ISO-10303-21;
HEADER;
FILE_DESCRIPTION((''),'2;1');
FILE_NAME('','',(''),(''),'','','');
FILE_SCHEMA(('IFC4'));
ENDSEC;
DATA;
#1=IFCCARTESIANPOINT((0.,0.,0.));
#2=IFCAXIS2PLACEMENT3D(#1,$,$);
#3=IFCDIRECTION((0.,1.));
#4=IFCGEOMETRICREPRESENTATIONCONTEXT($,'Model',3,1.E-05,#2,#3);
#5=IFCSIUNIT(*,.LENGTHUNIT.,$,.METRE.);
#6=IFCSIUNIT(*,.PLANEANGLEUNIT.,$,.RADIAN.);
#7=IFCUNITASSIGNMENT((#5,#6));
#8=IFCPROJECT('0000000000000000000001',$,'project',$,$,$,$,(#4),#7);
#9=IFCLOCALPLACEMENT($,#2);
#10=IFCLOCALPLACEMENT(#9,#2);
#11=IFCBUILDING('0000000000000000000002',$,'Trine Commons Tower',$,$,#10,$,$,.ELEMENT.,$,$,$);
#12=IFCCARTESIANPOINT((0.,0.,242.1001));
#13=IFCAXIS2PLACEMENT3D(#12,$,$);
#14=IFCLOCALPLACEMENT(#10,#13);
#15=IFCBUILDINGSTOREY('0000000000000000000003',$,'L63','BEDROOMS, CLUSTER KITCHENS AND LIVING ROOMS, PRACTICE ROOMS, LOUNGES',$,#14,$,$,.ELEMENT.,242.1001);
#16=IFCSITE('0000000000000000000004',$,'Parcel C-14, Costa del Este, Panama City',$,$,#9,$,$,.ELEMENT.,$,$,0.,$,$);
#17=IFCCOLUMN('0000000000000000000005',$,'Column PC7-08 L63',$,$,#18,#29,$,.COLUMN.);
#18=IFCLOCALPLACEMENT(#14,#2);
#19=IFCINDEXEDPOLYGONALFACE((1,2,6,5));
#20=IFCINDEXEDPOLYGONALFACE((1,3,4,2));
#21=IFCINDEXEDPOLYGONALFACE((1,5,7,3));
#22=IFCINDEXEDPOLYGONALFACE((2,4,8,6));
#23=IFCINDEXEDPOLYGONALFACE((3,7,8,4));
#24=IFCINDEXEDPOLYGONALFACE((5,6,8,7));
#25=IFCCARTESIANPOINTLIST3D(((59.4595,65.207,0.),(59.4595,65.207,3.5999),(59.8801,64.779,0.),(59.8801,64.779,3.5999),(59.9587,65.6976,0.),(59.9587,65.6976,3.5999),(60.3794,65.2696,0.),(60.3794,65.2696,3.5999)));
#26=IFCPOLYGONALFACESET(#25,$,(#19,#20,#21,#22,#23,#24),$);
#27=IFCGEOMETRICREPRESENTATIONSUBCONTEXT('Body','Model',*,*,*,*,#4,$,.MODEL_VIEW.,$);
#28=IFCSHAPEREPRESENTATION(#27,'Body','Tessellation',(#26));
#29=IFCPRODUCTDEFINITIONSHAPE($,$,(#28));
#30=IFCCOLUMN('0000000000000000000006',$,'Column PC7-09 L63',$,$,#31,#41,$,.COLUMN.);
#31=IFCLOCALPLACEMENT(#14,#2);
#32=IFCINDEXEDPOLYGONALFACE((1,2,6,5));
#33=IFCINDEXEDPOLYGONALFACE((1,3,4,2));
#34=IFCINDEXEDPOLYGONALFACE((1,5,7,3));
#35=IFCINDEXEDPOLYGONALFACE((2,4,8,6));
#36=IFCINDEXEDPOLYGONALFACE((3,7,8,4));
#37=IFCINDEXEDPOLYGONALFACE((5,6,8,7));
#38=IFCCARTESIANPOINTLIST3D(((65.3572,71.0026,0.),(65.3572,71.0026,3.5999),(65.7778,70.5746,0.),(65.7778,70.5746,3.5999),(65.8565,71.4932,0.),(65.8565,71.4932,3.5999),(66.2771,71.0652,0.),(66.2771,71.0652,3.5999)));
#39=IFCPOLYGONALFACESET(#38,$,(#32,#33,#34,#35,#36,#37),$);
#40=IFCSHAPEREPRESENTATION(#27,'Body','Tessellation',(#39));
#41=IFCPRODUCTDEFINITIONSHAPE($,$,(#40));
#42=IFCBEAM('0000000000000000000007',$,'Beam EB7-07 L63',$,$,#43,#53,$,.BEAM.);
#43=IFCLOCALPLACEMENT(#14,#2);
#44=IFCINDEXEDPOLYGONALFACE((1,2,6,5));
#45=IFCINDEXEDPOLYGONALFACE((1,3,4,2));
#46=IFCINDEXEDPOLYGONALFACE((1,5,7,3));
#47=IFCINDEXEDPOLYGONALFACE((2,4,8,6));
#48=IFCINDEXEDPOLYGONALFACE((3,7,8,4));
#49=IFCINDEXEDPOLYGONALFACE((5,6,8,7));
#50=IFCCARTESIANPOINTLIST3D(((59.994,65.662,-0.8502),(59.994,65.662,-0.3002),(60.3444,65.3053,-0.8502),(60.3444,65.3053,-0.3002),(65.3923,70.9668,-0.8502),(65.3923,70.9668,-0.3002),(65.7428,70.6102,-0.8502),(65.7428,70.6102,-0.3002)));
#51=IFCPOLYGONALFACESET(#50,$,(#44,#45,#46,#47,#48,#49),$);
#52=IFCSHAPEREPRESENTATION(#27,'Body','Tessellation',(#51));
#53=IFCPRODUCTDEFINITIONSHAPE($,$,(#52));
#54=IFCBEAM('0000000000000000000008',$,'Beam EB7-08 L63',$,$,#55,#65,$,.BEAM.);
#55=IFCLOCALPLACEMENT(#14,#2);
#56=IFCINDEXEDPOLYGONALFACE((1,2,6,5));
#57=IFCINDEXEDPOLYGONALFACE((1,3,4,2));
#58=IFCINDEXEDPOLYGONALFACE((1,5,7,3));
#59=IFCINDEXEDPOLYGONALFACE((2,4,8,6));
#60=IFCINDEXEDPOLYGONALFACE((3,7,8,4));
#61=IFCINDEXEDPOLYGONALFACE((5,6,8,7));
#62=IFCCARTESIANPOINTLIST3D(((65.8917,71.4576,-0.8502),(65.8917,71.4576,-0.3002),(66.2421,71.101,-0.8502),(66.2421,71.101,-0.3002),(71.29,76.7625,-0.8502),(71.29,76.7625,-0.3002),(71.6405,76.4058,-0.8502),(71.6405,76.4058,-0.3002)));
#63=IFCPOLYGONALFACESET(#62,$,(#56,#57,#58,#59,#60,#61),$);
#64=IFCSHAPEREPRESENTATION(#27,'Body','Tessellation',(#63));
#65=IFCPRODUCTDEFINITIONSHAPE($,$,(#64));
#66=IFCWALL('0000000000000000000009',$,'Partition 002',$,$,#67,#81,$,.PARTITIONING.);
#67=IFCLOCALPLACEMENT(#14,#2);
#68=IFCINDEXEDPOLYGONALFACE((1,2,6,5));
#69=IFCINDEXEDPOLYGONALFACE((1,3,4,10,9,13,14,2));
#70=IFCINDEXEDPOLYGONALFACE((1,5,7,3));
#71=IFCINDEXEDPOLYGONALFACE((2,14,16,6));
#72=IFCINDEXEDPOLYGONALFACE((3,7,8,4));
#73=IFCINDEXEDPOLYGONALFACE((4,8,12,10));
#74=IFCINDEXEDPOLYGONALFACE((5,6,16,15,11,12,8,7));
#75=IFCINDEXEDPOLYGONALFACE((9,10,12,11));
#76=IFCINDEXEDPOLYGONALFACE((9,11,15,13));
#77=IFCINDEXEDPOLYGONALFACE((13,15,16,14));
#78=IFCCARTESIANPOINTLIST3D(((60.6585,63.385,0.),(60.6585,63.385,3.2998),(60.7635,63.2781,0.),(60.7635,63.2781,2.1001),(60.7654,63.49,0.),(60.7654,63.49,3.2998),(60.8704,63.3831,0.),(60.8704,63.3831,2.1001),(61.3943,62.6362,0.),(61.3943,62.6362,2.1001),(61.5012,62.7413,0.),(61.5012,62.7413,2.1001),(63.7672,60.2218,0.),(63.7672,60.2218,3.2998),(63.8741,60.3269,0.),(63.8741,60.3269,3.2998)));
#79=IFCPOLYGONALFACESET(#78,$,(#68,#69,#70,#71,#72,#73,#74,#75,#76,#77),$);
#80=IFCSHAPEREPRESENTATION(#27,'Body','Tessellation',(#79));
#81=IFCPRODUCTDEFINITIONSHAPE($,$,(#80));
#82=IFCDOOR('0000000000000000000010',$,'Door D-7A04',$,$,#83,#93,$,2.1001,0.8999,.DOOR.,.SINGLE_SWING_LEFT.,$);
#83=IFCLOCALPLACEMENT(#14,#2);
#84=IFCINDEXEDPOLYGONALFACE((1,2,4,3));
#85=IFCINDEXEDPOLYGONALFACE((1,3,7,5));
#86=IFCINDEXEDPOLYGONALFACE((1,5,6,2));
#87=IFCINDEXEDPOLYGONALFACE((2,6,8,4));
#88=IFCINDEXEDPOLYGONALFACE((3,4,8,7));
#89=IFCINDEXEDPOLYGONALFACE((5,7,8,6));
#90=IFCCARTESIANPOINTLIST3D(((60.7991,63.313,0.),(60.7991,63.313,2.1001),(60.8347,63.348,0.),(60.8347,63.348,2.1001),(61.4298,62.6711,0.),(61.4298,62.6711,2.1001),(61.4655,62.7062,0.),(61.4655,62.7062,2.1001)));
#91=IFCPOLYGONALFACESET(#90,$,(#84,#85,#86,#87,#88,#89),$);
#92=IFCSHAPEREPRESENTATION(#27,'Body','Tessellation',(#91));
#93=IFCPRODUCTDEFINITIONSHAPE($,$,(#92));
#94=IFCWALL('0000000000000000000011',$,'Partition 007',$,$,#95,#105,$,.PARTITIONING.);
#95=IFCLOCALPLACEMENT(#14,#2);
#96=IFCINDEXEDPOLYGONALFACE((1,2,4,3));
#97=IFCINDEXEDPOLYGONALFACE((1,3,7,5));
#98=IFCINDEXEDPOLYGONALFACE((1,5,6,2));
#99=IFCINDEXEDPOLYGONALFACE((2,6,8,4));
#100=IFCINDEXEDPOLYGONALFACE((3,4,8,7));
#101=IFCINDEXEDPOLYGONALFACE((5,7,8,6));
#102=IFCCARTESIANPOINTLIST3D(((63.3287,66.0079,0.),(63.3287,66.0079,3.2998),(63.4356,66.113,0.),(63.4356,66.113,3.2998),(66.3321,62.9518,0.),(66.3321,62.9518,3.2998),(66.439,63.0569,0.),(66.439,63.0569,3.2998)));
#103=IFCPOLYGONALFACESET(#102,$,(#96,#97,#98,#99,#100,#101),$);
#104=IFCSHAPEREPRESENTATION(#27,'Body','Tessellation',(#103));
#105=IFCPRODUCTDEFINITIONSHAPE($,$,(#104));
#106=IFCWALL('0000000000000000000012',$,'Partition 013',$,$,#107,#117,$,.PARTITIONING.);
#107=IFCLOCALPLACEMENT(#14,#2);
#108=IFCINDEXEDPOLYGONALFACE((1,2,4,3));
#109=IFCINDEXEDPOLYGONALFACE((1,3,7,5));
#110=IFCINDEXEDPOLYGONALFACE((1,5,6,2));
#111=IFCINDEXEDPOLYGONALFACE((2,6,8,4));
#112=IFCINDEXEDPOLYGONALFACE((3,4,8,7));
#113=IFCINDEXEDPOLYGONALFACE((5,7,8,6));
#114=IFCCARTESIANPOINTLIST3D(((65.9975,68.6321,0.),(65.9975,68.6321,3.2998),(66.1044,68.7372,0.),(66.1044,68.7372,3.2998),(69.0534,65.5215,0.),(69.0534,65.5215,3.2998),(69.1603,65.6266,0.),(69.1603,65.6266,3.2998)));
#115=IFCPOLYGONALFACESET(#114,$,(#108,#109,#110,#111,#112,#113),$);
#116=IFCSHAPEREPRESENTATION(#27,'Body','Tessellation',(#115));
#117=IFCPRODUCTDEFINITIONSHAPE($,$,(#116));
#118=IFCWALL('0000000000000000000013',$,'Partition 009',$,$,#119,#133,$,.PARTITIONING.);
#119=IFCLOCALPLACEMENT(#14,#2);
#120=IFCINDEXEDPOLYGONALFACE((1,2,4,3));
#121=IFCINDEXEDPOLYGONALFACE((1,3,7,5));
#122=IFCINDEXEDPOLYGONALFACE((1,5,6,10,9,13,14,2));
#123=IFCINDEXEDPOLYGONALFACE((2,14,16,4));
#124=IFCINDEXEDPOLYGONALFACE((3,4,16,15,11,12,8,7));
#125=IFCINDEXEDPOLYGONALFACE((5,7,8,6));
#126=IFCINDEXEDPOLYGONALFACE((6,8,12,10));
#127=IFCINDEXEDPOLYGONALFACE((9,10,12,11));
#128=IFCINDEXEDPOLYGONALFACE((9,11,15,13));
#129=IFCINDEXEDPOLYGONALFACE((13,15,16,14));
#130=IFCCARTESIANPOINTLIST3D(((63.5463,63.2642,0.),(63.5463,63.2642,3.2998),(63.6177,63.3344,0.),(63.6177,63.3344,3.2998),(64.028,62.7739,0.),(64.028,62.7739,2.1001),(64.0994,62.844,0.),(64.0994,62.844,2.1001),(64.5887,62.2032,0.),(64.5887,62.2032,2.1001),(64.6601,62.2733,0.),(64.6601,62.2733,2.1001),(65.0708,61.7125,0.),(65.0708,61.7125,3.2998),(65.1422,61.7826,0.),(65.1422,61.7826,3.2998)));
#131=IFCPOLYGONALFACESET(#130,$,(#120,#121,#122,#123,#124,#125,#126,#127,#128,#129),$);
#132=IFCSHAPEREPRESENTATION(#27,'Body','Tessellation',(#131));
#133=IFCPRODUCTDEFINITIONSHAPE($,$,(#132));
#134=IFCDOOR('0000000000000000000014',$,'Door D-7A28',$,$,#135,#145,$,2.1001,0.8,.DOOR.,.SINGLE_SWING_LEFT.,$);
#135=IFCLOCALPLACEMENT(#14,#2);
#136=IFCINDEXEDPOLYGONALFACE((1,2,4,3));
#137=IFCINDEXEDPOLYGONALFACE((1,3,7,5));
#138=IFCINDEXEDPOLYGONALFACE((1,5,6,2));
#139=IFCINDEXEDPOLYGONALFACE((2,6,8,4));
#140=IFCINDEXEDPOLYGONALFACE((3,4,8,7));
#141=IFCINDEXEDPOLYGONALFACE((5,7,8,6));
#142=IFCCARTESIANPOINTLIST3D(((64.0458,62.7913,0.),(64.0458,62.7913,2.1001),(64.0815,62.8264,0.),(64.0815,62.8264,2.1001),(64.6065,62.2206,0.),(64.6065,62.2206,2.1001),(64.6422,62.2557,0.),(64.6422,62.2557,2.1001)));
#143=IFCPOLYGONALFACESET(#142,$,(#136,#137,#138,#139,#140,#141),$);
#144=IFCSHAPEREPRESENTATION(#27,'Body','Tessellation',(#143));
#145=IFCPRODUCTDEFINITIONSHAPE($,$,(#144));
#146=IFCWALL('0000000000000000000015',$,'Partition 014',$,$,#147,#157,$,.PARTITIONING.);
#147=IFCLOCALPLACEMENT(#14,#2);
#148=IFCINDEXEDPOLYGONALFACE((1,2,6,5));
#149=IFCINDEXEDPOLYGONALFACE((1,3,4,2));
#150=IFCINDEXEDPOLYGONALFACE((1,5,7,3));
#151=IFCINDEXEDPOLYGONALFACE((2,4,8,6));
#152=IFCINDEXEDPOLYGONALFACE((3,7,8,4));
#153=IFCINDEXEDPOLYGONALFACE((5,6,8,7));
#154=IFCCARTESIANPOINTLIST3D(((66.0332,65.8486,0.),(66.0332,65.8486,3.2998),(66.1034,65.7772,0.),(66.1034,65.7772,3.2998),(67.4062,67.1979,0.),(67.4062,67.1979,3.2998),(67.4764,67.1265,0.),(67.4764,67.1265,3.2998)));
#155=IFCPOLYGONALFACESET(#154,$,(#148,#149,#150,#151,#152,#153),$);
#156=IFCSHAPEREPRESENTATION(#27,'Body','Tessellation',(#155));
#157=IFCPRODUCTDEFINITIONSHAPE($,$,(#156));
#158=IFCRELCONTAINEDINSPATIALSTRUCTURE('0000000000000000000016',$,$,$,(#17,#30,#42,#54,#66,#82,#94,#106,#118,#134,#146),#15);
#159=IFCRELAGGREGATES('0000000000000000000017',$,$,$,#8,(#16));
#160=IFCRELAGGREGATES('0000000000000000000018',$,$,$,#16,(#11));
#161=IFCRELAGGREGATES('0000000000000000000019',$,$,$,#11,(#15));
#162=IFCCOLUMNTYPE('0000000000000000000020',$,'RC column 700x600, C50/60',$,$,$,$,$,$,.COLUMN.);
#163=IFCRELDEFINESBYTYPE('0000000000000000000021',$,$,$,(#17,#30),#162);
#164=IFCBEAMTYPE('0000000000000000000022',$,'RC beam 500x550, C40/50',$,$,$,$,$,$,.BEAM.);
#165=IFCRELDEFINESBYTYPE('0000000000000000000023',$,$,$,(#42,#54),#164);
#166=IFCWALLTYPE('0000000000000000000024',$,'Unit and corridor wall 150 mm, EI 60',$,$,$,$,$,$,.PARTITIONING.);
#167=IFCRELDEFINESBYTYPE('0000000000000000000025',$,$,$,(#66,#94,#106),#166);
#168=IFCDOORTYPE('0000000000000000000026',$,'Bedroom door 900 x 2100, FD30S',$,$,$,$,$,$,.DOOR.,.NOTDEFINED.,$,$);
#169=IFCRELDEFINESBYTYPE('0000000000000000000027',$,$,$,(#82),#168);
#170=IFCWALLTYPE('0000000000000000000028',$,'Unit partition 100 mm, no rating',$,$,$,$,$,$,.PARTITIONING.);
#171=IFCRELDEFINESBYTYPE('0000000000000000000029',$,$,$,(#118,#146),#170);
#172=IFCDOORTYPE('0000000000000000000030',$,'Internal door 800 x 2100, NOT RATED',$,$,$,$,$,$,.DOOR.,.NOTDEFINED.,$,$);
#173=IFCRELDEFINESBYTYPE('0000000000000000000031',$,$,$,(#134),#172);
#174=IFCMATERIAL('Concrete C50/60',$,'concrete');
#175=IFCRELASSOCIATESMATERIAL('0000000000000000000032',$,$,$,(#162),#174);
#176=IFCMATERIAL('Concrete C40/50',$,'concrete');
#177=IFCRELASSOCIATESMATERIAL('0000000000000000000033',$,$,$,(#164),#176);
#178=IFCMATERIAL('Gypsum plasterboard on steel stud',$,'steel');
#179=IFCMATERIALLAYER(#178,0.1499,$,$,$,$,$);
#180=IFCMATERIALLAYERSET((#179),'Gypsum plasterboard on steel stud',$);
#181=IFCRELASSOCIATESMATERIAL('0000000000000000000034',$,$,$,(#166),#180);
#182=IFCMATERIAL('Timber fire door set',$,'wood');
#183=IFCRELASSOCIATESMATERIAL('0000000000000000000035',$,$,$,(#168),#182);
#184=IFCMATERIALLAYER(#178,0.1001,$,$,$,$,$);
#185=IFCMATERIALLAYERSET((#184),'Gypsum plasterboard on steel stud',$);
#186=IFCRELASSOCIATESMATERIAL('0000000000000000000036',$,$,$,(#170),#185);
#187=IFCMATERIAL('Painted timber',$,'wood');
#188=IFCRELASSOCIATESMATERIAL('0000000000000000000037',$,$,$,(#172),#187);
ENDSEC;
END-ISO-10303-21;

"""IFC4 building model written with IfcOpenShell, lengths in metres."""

from ifc_helpers import new_model, si_unit, direction, frame, frame_2d, origin, origin_2d, place, context, subcontext, project, spatial, rectangle, extrude, material, layer, layer_set, material_profile, profile_set, type_object, element, fill, save


model = new_model("IFC4")

# Units and contexts
model_context = context("Model", 3, precision=1e-05, world=origin(), true_north=direction((0.0, 1.0)))
body_context = subcontext(model_context, "Body", "Model", "MODEL_VIEW")
ifc_project = project(units=[si_unit("LENGTHUNIT", "METRE"), si_unit("PLANEANGLEUNIT", "RADIAN")], contexts=[model_context])

# Site, building, storey
site_placement = place(None, origin())
site = spatial("IfcSite", under=ifc_project, at=site_placement, Name="Parcel C-14, Costa del Este, Panama City", CompositionType="ELEMENT", RefElevation=0.0)
building_placement = place(site_placement, origin())
building = spatial("IfcBuilding", under=site, at=building_placement, Name="Trine Commons Tower", CompositionType="ELEMENT")
storey_placement = place(building_placement, frame((0.0, 0.0, 242.1001)))
storey = spatial("IfcBuildingStorey", under=building, at=storey_placement, Name="L63", Description="BEDROOMS, CLUSTER KITCHENS AND LIVING ROOMS, PRACTICE ROOMS, LOUNGES", CompositionType="ELEMENT", Elevation=242.1001)

# Columns
ifc_material_1 = material(Name="Concrete C50/60", Category="concrete")
ifc_material_profile_1 = material_profile(ifc_material_1, rectangle(XDim=0.7, YDim=0.6001, at=origin_2d()), Name="RC 700x600")
ifc_profile_set_1 = profile_set([ifc_material_profile_1], Name="Concrete C50/60")
column_type = type_object("IfcColumnType", Name="RC column 700x600, C50/60", PredefinedType="COLUMN", material=ifc_profile_set_1)
for number, where, z_axis, x_axis, name in (
    (1, (59.9194, 65.2383, 0.0), (0.0, 0.0, 1.0), (0.71325, 0.700909, 0.0), "Column PC7-08 L63"),
    (2, (65.8171, 71.0339, 0.0), (0.0, 0.0, 1.0), (0.71325, 0.700909, 0.0), "Column PC7-09 L63"),
):
    element("IfcColumn", number, at=place(storey_placement, frame(where, z_axis=z_axis, x_axis=x_axis)), inside=storey, type_object=column_type, Name=name, PredefinedType="COLUMN", context=body_context, shape_type="SweptSolid", body=[
        extrude(rectangle(XDim=0.7, YDim=0.6001, at=origin_2d()), origin(), (0.0, 0.0, 1.0), 3.5999),
    ])

# Beams
ifc_material_2 = material(Name="Concrete C40/50", Category="concrete")
ifc_material_profile_2 = material_profile(ifc_material_2, rectangle(XDim=0.5, YDim=0.55, at=origin_2d()), Name="RC 500x550")
ifc_profile_set_2 = profile_set([ifc_material_profile_2], Name="Concrete C40/50")
beam_type = type_object("IfcBeamType", Name="RC beam 500x550, C40/50", PredefinedType="BEAM", material=ifc_profile_set_2)
for number, where, z_axis, x_axis, name in (
    (3, (60.1692, 65.4836, -0.5752), (0.713257, 0.700903, 0.0), (-0.700903, 0.713257, 0.0), "Beam EB7-07 L63"),
    (4, (66.0669, 71.2793, -0.5752), (0.713257, 0.700903, 0.0), (-0.700903, 0.713257, 0.0), "Beam EB7-08 L63"),
):
    element("IfcBeam", number, at=place(storey_placement, frame(where, z_axis=z_axis, x_axis=x_axis)), inside=storey, type_object=beam_type, Name=name, PredefinedType="BEAM", context=body_context, shape_type="SweptSolid", body=[
        extrude(rectangle(XDim=0.5, YDim=0.55, at=origin_2d()), origin(), (0.0, 0.0, 1.0), 7.5686),
    ])

# Wall, opening, door
ifc_material_3 = material(Name="Gypsum plasterboard on steel stud", Category="steel")
ifc_layer_1 = layer(ifc_material_3, 0.1499)
ifc_layer_set_1 = layer_set([ifc_layer_1], Name="Gypsum plasterboard on steel stud")
wall_type_1 = type_object("IfcWallType", Name="Unit and corridor wall 150 mm, EI 60", PredefinedType="PARTITIONING", material=ifc_layer_set_1)
wall_1_placement = place(storey_placement, frame((60.7119, 63.4375, 0.0), z_axis=(0.0, 0.0, 1.0), x_axis=(0.700942, -0.713218, 0.0)))
wall_1 = element("IfcWall", 5, at=wall_1_placement, inside=storey, type_object=wall_type_1, Name="Partition 002", PredefinedType="PARTITIONING", context=body_context, shape_type="SweptSolid", body=[
    extrude(rectangle(XDim=4.4351, YDim=0.1499, at=frame_2d((2.2175, 0.0))), origin(), (0.0, 0.0, 1.0), 3.2998),
])
opening_1_placement = place(wall_1_placement, frame((0.1499, 0.0, 0.0)))
opening_1 = element("IfcOpeningElement", 6, at=opening_1_placement, cuts=wall_1, PredefinedType="OPENING", context=body_context, shape_type="SweptSolid", body=[
    extrude(rectangle(XDim=0.8999, YDim=2.1001, at=frame_2d((0.45, 1.05))), frame((0.0, 0.085, 0.0), z_axis=(0.0, -1.0, 0.0), x_axis=(1.0, 0.0, 0.0)), (0.0, 0.0, 1.0), 0.1699),
])
ifc_material_4 = material(Name="Timber fire door set", Category="wood")
door_type_1 = type_object("IfcDoorType", Name="Bedroom door 900 x 2100, FD30S", OperationType="NOTDEFINED", PredefinedType="DOOR", material=ifc_material_4)
door_1_placement = place(opening_1_placement, origin())
door_1 = element("IfcDoor", 7, at=door_1_placement, inside=storey, type_object=door_type_1, Name="Door D-7A04", OperationType="SINGLE_SWING_LEFT", OverallHeight=2.1001, OverallWidth=0.8999, PredefinedType="DOOR", context=body_context, shape_type="SweptSolid", body=[
    extrude(rectangle(XDim=0.8999, YDim=2.1001, at=frame_2d((0.45, 1.05))), frame((0.0, 0.0249, 0.0), z_axis=(0.0, -1.0, 0.0), x_axis=(1.0, 0.0, 0.0)), (0.0, 0.0, 1.0), 0.05),
])
fill(opening_1, door_1)

# Walls
wall_2_placement = place(storey_placement, frame((63.3821, 66.0605, 0.0), z_axis=(0.0, 0.0, 1.0), x_axis=(0.700927, -0.713233, 0.0)))
element("IfcWall", 8, at=wall_2_placement, inside=storey, type_object=wall_type_1, Name="Partition 007", PredefinedType="PARTITIONING", context=body_context, shape_type="SweptSolid", body=[
    extrude(rectangle(XDim=4.2849, YDim=0.1499, at=frame_2d((2.1426, 0.0))), origin(), (0.0, 0.0, 1.0), 3.2998),
])
wall_3_placement = place(storey_placement, frame((66.051, 68.6846, 0.0), z_axis=(0.0, 0.0, 1.0), x_axis=(0.700808, -0.71335, 0.0)))
element("IfcWall", 9, at=wall_3_placement, inside=storey, type_object=wall_type_1, Name="Partition 013", PredefinedType="PARTITIONING", context=body_context, shape_type="SweptSolid", body=[
    extrude(rectangle(XDim=4.3606, YDim=0.1499, at=frame_2d((2.1802, 0.0))), origin(), (0.0, 0.0, 1.0), 3.2998),
])

# Wall, opening, door
ifc_layer_2 = layer(ifc_material_3, 0.1001)
ifc_layer_set_2 = layer_set([ifc_layer_2], Name="Gypsum plasterboard on steel stud")
wall_type_2 = type_object("IfcWallType", Name="Unit partition 100 mm, no rating", PredefinedType="PARTITIONING", material=ifc_layer_set_2)
wall_4_placement = place(storey_placement, frame((63.582, 63.2993, 0.0), z_axis=(0.0, 0.0, 1.0), x_axis=(0.700794, -0.713364, 0.0)))
wall_4 = element("IfcWall", 10, at=wall_4_placement, inside=storey, type_object=wall_type_2, Name="Partition 009", PredefinedType="PARTITIONING", context=body_context, shape_type="SweptSolid", body=[
    extrude(rectangle(XDim=2.1753, YDim=0.1001, at=frame_2d((1.0876, 0.0))), origin(), (0.0, 0.0, 1.0), 3.2998),
])
opening_2_placement = place(wall_4_placement, frame((0.6875, 0.0, 0.0)))
opening_2 = element("IfcOpeningElement", 11, at=opening_2_placement, cuts=wall_4, PredefinedType="OPENING", context=body_context, shape_type="SweptSolid", body=[
    extrude(rectangle(XDim=0.8, YDim=2.1001, at=frame_2d((0.3999, 1.05))), frame((0.0, 0.0601, 0.0), z_axis=(0.0, -1.0, 0.0), x_axis=(1.0, 0.0, 0.0)), (0.0, 0.0, 1.0), 0.1201),
])
ifc_material_5 = material(Name="Painted timber", Category="wood")
door_type_2 = type_object("IfcDoorType", Name="Internal door 800 x 2100, NOT RATED", OperationType="NOTDEFINED", PredefinedType="DOOR", material=ifc_material_5)
door_2_placement = place(opening_2_placement, origin())
door_2 = element("IfcDoor", 12, at=door_2_placement, inside=storey, type_object=door_type_2, Name="Door D-7A28", OperationType="SINGLE_SWING_LEFT", OverallHeight=2.1001, OverallWidth=0.8, PredefinedType="DOOR", context=body_context, shape_type="SweptSolid", body=[
    extrude(rectangle(XDim=0.8, YDim=2.1001, at=frame_2d((0.3999, 1.05))), frame((0.0, 0.0249, 0.0), z_axis=(0.0, -1.0, 0.0), x_axis=(1.0, 0.0, 0.0)), (0.0, 0.0, 1.0), 0.05),
])
fill(opening_2, door_2)

# Wall
wall_5_placement = place(storey_placement, frame((66.0684, 65.813, 0.0), z_axis=(0.0, 0.0, 1.0), x_axis=(0.713231, 0.700929, 0.0)))
element("IfcWall", 13, at=wall_5_placement, inside=storey, type_object=wall_type_2, Name="Partition 014", PredefinedType="PARTITIONING", context=body_context, shape_type="SweptSolid", body=[
    extrude(rectangle(XDim=1.925, YDim=0.1001, at=frame_2d((0.9624, 0.0))), origin(), (0.0, 0.0, 1.0), 3.2998),
])

save(model, "model.ifc")
